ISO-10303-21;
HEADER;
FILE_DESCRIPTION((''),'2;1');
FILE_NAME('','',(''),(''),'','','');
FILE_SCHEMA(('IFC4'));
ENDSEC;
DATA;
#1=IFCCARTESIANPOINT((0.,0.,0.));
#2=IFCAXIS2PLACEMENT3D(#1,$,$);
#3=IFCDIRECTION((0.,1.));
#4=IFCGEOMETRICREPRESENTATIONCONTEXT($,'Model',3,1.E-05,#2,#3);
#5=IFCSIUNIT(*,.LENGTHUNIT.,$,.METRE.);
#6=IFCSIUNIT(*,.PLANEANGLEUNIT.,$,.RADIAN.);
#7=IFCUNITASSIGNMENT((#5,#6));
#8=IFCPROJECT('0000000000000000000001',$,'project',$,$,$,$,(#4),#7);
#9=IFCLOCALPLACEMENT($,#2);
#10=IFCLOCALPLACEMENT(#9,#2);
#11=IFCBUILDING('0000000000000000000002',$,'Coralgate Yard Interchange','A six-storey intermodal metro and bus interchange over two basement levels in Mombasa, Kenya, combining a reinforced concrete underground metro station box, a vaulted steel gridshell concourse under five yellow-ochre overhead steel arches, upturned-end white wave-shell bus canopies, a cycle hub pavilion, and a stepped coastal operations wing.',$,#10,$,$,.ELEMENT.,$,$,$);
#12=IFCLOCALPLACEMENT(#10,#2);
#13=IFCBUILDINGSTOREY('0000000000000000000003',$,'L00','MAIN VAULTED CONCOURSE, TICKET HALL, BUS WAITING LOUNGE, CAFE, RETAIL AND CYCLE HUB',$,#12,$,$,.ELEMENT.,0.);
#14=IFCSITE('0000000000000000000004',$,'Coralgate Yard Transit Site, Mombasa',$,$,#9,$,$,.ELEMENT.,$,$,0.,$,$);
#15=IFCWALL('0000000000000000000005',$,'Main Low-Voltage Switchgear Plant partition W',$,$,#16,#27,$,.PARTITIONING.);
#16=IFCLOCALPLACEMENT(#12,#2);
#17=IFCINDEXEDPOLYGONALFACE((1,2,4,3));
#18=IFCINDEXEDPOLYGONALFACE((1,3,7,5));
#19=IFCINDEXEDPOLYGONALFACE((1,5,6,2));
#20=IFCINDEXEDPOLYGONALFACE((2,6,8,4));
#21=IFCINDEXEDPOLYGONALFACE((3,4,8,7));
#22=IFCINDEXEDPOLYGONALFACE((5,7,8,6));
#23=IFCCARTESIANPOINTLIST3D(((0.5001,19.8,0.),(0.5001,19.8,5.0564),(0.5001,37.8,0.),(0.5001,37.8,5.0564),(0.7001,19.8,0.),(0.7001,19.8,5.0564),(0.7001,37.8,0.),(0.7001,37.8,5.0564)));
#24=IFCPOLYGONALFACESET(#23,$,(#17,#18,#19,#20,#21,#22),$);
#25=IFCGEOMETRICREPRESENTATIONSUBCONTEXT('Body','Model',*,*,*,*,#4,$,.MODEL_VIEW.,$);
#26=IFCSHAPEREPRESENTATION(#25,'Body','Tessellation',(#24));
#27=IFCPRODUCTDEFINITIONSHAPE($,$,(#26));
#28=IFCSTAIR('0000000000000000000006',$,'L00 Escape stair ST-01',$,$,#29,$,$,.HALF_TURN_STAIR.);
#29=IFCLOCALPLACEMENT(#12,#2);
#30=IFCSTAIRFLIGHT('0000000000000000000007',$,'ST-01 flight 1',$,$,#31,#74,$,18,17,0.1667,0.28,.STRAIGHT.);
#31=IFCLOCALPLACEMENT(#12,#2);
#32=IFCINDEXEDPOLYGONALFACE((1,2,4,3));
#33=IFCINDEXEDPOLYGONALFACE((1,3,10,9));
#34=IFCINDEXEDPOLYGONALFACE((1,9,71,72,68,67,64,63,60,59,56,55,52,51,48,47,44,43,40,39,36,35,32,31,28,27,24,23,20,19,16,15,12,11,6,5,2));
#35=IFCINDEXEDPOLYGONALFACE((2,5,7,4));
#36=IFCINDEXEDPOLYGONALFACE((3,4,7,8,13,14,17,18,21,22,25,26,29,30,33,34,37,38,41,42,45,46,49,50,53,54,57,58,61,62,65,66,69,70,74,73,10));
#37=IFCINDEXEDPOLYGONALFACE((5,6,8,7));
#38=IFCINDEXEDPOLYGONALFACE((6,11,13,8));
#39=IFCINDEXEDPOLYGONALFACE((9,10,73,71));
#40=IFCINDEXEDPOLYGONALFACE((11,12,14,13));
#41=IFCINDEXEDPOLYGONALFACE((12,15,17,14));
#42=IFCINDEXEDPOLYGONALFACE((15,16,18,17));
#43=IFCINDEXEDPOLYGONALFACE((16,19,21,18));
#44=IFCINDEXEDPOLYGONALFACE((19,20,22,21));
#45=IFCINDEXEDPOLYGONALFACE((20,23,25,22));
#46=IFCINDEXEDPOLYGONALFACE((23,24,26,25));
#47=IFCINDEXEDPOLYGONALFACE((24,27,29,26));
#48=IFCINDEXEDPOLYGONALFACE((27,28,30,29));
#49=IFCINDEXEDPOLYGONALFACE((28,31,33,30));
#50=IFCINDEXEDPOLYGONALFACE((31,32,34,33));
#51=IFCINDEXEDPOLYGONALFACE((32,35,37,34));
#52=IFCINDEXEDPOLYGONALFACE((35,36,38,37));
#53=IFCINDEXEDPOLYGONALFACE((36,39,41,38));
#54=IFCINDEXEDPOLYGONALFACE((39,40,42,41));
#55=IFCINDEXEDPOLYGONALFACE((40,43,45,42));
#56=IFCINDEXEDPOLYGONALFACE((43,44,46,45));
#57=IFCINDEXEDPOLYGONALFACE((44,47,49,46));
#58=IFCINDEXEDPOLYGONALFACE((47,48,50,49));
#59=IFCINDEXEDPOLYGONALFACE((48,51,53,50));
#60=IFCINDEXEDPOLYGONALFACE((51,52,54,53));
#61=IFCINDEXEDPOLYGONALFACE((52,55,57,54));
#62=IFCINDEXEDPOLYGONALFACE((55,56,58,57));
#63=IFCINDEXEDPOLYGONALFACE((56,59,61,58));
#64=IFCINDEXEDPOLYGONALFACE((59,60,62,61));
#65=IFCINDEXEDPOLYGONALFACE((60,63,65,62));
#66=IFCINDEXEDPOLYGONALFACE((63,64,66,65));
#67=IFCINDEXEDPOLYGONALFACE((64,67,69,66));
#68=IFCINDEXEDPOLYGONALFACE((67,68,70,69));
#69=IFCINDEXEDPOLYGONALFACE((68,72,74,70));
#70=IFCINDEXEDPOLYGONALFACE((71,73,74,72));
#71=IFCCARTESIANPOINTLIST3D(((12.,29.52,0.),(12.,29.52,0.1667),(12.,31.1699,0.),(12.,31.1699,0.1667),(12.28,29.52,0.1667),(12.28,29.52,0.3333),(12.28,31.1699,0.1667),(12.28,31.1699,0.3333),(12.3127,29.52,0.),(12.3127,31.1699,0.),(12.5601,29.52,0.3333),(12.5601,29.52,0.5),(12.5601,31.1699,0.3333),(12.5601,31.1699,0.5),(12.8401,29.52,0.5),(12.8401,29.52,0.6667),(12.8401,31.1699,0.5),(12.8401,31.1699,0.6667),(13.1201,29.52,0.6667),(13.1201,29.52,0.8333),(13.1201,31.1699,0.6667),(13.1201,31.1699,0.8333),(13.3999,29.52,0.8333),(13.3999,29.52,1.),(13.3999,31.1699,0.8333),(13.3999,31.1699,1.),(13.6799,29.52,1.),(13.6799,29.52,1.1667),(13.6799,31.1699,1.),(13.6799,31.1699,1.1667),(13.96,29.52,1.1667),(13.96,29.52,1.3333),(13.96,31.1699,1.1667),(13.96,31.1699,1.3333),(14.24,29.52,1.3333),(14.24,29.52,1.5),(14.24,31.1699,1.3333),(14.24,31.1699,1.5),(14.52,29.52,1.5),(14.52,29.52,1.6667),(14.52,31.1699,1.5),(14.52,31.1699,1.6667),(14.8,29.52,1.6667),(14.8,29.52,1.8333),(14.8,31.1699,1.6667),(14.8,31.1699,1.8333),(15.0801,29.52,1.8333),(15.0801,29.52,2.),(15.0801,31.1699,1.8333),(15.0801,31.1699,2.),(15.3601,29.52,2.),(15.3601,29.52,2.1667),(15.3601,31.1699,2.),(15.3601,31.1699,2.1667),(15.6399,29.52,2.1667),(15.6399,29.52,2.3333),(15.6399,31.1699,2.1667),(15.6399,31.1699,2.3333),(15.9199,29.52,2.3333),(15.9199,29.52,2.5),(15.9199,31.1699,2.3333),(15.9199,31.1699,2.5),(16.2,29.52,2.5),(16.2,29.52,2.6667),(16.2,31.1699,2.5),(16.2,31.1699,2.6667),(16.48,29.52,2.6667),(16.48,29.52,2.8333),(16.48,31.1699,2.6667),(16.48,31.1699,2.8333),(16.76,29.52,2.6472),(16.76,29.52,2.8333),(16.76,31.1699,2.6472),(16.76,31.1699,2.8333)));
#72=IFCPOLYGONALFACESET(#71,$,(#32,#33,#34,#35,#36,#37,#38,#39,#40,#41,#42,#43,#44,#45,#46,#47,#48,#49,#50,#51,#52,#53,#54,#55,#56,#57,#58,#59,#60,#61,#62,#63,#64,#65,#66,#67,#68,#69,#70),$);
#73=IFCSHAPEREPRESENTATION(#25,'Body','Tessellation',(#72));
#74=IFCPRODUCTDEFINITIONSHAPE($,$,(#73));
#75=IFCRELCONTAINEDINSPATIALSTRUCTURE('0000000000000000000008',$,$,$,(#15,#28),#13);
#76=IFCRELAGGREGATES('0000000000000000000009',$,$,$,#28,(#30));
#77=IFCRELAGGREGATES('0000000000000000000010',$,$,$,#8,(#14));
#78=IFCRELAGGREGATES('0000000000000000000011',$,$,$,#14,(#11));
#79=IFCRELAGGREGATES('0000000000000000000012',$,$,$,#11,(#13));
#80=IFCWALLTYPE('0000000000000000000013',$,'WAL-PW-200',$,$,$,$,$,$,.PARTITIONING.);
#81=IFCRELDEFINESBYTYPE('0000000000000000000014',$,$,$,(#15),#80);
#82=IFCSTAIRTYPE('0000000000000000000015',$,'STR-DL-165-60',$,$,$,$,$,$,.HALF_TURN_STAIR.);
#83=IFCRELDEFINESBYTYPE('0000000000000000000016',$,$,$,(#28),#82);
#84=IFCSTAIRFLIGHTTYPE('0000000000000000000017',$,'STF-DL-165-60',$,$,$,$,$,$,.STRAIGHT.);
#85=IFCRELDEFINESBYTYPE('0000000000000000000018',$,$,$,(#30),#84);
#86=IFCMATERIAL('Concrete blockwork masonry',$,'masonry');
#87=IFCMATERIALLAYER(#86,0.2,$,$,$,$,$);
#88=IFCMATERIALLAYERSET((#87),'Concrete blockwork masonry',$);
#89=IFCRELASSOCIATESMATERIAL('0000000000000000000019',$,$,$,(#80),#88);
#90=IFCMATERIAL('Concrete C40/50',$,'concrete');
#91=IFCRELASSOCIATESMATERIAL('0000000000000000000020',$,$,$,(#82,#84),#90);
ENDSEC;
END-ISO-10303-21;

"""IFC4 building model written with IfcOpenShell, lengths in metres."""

from ifc_helpers import new_model, si_unit, direction, frame, frame_2d, origin, place, context, subcontext, project, spatial, polyline, rectangle, outline, extrude, material, layer, layer_set, type_object, element, aggregate, save


model = new_model("IFC4")

# Units and contexts
model_context = context("Model", 3, precision=1e-05, world=origin(), true_north=direction((0.0, 1.0)))
body_context = subcontext(model_context, "Body", "Model", "MODEL_VIEW")
ifc_project = project(units=[si_unit("LENGTHUNIT", "METRE"), si_unit("PLANEANGLEUNIT", "RADIAN")], contexts=[model_context])

# Site, building, storey
site_placement = place(None, origin())
site = spatial("IfcSite", under=ifc_project, at=site_placement, Name="Coralgate Yard Transit Site, Mombasa", CompositionType="ELEMENT", RefElevation=0.0)
building_placement = place(site_placement, origin())
building = spatial("IfcBuilding", under=site, at=building_placement, Name="Coralgate Yard Interchange", Description="A six-storey intermodal metro and bus interchange over two basement levels in Mombasa, Kenya, combining a reinforced concrete underground metro station box, a vaulted steel gridshell concourse under five yellow-ochre overhead steel arches, upturned-end white wave-shell bus canopies, a cycle hub pavilion, and a stepped coastal operations wing.", CompositionType="ELEMENT")
storey_placement = place(building_placement, origin())
storey = spatial("IfcBuildingStorey", under=building, at=storey_placement, Name="L00", Description="MAIN VAULTED CONCOURSE, TICKET HALL, BUS WAITING LOUNGE, CAFE, RETAIL AND CYCLE HUB", CompositionType="ELEMENT", Elevation=0.0)

# Shared definitions
ifc_material_1 = material(Name="Concrete C40/50", Category="concrete")

# Wall
ifc_material_2 = material(Name="Concrete blockwork masonry", Category="masonry")
ifc_layer_1 = layer(ifc_material_2, 0.2)
ifc_layer_set_1 = layer_set([ifc_layer_1], Name="Concrete blockwork masonry")
wall_type_1 = type_object("IfcWallType", Name="WAL-PW-200", PredefinedType="PARTITIONING", material=ifc_layer_set_1)
wall_1_placement = place(storey_placement, frame((0.6001, 19.8, 0.0), z_axis=(0.0, 0.0, 1.0), x_axis=(0.0, 1.0, 0.0)))
element("IfcWall", 1, at=wall_1_placement, inside=storey, type_object=wall_type_1, Name="Main Low-Voltage Switchgear Plant partition W", PredefinedType="PARTITIONING", context=body_context, shape_type="SweptSolid", body=[
    extrude(rectangle(XDim=18.0, YDim=0.2, at=frame_2d((9.0, 0.0))), origin(), (0.0, 0.0, 1.0), 5.0564),
])

# Stair, stair flight
stair_type = type_object("IfcStairType", Name="STR-DL-165-60", PredefinedType="HALF_TURN_STAIR", material=ifc_material_1)
stair_placement = place(storey_placement, origin())
stair = element("IfcStair", 2, at=stair_placement, inside=storey, type_object=stair_type, Name="L00 Escape stair ST-01", PredefinedType="HALF_TURN_STAIR")
stair_flight_type = type_object("IfcStairFlightType", Name="STF-DL-165-60", PredefinedType="STRAIGHT", material=ifc_material_1)
stair_flight_placement = place(storey_placement, frame((12.0, 30.345, 0.0), z_axis=(0.0, 0.0, 1.0), x_axis=(1.0, 0.0, 0.0)))
stair_flight = element("IfcStairFlight", 3, at=stair_flight_placement, type_object=stair_flight_type, Name="ST-01 flight 1", NumberOfRisers=18, NumberOfTreads=17, PredefinedType="STRAIGHT", RiserHeight=0.1667, TreadLength=0.28, context=body_context, shape_type="SweptSolid", body=[
    extrude(outline(polyline([(0.0, 0.0), (0.0, 0.1667), (0.28, 0.1667), (0.28, 0.3333), (0.5601, 0.3333), (0.5601, 0.5), (0.8401, 0.5), (0.8401, 0.6667), (1.1201, 0.6667), (1.1201, 0.8333), (1.3999, 0.8333), (1.3999, 1.0), (1.6799, 1.0), (1.6799, 1.1667), (1.96, 1.1667), (1.96, 1.3333), (2.24, 1.3333), (2.24, 1.5), (2.52, 1.5), (2.52, 1.6667), (2.8, 1.6667), (2.8, 1.8333), (3.0801, 1.8333), (3.0801, 2.0), (3.3601, 2.0), (3.3601, 2.1667), (3.6399, 2.1667), (3.6399, 2.3333), (3.9199, 2.3333), (3.9199, 2.5), (4.2, 2.5), (4.2, 2.6667), (4.48, 2.6667), (4.48, 2.8333), (4.76, 2.8333), (4.76, 3.0), (4.76, 2.6472), (0.3127, 0.0), (0.0, 0.0)])), frame((0.0, 0.825, 0.0), z_axis=(0.0, -1.0, 0.0), x_axis=(1.0, 0.0, 0.0)), (0.0, 0.0, 1.0), 1.6499),
])
aggregate(stair, [stair_flight])

save(model, "model.ifc")
